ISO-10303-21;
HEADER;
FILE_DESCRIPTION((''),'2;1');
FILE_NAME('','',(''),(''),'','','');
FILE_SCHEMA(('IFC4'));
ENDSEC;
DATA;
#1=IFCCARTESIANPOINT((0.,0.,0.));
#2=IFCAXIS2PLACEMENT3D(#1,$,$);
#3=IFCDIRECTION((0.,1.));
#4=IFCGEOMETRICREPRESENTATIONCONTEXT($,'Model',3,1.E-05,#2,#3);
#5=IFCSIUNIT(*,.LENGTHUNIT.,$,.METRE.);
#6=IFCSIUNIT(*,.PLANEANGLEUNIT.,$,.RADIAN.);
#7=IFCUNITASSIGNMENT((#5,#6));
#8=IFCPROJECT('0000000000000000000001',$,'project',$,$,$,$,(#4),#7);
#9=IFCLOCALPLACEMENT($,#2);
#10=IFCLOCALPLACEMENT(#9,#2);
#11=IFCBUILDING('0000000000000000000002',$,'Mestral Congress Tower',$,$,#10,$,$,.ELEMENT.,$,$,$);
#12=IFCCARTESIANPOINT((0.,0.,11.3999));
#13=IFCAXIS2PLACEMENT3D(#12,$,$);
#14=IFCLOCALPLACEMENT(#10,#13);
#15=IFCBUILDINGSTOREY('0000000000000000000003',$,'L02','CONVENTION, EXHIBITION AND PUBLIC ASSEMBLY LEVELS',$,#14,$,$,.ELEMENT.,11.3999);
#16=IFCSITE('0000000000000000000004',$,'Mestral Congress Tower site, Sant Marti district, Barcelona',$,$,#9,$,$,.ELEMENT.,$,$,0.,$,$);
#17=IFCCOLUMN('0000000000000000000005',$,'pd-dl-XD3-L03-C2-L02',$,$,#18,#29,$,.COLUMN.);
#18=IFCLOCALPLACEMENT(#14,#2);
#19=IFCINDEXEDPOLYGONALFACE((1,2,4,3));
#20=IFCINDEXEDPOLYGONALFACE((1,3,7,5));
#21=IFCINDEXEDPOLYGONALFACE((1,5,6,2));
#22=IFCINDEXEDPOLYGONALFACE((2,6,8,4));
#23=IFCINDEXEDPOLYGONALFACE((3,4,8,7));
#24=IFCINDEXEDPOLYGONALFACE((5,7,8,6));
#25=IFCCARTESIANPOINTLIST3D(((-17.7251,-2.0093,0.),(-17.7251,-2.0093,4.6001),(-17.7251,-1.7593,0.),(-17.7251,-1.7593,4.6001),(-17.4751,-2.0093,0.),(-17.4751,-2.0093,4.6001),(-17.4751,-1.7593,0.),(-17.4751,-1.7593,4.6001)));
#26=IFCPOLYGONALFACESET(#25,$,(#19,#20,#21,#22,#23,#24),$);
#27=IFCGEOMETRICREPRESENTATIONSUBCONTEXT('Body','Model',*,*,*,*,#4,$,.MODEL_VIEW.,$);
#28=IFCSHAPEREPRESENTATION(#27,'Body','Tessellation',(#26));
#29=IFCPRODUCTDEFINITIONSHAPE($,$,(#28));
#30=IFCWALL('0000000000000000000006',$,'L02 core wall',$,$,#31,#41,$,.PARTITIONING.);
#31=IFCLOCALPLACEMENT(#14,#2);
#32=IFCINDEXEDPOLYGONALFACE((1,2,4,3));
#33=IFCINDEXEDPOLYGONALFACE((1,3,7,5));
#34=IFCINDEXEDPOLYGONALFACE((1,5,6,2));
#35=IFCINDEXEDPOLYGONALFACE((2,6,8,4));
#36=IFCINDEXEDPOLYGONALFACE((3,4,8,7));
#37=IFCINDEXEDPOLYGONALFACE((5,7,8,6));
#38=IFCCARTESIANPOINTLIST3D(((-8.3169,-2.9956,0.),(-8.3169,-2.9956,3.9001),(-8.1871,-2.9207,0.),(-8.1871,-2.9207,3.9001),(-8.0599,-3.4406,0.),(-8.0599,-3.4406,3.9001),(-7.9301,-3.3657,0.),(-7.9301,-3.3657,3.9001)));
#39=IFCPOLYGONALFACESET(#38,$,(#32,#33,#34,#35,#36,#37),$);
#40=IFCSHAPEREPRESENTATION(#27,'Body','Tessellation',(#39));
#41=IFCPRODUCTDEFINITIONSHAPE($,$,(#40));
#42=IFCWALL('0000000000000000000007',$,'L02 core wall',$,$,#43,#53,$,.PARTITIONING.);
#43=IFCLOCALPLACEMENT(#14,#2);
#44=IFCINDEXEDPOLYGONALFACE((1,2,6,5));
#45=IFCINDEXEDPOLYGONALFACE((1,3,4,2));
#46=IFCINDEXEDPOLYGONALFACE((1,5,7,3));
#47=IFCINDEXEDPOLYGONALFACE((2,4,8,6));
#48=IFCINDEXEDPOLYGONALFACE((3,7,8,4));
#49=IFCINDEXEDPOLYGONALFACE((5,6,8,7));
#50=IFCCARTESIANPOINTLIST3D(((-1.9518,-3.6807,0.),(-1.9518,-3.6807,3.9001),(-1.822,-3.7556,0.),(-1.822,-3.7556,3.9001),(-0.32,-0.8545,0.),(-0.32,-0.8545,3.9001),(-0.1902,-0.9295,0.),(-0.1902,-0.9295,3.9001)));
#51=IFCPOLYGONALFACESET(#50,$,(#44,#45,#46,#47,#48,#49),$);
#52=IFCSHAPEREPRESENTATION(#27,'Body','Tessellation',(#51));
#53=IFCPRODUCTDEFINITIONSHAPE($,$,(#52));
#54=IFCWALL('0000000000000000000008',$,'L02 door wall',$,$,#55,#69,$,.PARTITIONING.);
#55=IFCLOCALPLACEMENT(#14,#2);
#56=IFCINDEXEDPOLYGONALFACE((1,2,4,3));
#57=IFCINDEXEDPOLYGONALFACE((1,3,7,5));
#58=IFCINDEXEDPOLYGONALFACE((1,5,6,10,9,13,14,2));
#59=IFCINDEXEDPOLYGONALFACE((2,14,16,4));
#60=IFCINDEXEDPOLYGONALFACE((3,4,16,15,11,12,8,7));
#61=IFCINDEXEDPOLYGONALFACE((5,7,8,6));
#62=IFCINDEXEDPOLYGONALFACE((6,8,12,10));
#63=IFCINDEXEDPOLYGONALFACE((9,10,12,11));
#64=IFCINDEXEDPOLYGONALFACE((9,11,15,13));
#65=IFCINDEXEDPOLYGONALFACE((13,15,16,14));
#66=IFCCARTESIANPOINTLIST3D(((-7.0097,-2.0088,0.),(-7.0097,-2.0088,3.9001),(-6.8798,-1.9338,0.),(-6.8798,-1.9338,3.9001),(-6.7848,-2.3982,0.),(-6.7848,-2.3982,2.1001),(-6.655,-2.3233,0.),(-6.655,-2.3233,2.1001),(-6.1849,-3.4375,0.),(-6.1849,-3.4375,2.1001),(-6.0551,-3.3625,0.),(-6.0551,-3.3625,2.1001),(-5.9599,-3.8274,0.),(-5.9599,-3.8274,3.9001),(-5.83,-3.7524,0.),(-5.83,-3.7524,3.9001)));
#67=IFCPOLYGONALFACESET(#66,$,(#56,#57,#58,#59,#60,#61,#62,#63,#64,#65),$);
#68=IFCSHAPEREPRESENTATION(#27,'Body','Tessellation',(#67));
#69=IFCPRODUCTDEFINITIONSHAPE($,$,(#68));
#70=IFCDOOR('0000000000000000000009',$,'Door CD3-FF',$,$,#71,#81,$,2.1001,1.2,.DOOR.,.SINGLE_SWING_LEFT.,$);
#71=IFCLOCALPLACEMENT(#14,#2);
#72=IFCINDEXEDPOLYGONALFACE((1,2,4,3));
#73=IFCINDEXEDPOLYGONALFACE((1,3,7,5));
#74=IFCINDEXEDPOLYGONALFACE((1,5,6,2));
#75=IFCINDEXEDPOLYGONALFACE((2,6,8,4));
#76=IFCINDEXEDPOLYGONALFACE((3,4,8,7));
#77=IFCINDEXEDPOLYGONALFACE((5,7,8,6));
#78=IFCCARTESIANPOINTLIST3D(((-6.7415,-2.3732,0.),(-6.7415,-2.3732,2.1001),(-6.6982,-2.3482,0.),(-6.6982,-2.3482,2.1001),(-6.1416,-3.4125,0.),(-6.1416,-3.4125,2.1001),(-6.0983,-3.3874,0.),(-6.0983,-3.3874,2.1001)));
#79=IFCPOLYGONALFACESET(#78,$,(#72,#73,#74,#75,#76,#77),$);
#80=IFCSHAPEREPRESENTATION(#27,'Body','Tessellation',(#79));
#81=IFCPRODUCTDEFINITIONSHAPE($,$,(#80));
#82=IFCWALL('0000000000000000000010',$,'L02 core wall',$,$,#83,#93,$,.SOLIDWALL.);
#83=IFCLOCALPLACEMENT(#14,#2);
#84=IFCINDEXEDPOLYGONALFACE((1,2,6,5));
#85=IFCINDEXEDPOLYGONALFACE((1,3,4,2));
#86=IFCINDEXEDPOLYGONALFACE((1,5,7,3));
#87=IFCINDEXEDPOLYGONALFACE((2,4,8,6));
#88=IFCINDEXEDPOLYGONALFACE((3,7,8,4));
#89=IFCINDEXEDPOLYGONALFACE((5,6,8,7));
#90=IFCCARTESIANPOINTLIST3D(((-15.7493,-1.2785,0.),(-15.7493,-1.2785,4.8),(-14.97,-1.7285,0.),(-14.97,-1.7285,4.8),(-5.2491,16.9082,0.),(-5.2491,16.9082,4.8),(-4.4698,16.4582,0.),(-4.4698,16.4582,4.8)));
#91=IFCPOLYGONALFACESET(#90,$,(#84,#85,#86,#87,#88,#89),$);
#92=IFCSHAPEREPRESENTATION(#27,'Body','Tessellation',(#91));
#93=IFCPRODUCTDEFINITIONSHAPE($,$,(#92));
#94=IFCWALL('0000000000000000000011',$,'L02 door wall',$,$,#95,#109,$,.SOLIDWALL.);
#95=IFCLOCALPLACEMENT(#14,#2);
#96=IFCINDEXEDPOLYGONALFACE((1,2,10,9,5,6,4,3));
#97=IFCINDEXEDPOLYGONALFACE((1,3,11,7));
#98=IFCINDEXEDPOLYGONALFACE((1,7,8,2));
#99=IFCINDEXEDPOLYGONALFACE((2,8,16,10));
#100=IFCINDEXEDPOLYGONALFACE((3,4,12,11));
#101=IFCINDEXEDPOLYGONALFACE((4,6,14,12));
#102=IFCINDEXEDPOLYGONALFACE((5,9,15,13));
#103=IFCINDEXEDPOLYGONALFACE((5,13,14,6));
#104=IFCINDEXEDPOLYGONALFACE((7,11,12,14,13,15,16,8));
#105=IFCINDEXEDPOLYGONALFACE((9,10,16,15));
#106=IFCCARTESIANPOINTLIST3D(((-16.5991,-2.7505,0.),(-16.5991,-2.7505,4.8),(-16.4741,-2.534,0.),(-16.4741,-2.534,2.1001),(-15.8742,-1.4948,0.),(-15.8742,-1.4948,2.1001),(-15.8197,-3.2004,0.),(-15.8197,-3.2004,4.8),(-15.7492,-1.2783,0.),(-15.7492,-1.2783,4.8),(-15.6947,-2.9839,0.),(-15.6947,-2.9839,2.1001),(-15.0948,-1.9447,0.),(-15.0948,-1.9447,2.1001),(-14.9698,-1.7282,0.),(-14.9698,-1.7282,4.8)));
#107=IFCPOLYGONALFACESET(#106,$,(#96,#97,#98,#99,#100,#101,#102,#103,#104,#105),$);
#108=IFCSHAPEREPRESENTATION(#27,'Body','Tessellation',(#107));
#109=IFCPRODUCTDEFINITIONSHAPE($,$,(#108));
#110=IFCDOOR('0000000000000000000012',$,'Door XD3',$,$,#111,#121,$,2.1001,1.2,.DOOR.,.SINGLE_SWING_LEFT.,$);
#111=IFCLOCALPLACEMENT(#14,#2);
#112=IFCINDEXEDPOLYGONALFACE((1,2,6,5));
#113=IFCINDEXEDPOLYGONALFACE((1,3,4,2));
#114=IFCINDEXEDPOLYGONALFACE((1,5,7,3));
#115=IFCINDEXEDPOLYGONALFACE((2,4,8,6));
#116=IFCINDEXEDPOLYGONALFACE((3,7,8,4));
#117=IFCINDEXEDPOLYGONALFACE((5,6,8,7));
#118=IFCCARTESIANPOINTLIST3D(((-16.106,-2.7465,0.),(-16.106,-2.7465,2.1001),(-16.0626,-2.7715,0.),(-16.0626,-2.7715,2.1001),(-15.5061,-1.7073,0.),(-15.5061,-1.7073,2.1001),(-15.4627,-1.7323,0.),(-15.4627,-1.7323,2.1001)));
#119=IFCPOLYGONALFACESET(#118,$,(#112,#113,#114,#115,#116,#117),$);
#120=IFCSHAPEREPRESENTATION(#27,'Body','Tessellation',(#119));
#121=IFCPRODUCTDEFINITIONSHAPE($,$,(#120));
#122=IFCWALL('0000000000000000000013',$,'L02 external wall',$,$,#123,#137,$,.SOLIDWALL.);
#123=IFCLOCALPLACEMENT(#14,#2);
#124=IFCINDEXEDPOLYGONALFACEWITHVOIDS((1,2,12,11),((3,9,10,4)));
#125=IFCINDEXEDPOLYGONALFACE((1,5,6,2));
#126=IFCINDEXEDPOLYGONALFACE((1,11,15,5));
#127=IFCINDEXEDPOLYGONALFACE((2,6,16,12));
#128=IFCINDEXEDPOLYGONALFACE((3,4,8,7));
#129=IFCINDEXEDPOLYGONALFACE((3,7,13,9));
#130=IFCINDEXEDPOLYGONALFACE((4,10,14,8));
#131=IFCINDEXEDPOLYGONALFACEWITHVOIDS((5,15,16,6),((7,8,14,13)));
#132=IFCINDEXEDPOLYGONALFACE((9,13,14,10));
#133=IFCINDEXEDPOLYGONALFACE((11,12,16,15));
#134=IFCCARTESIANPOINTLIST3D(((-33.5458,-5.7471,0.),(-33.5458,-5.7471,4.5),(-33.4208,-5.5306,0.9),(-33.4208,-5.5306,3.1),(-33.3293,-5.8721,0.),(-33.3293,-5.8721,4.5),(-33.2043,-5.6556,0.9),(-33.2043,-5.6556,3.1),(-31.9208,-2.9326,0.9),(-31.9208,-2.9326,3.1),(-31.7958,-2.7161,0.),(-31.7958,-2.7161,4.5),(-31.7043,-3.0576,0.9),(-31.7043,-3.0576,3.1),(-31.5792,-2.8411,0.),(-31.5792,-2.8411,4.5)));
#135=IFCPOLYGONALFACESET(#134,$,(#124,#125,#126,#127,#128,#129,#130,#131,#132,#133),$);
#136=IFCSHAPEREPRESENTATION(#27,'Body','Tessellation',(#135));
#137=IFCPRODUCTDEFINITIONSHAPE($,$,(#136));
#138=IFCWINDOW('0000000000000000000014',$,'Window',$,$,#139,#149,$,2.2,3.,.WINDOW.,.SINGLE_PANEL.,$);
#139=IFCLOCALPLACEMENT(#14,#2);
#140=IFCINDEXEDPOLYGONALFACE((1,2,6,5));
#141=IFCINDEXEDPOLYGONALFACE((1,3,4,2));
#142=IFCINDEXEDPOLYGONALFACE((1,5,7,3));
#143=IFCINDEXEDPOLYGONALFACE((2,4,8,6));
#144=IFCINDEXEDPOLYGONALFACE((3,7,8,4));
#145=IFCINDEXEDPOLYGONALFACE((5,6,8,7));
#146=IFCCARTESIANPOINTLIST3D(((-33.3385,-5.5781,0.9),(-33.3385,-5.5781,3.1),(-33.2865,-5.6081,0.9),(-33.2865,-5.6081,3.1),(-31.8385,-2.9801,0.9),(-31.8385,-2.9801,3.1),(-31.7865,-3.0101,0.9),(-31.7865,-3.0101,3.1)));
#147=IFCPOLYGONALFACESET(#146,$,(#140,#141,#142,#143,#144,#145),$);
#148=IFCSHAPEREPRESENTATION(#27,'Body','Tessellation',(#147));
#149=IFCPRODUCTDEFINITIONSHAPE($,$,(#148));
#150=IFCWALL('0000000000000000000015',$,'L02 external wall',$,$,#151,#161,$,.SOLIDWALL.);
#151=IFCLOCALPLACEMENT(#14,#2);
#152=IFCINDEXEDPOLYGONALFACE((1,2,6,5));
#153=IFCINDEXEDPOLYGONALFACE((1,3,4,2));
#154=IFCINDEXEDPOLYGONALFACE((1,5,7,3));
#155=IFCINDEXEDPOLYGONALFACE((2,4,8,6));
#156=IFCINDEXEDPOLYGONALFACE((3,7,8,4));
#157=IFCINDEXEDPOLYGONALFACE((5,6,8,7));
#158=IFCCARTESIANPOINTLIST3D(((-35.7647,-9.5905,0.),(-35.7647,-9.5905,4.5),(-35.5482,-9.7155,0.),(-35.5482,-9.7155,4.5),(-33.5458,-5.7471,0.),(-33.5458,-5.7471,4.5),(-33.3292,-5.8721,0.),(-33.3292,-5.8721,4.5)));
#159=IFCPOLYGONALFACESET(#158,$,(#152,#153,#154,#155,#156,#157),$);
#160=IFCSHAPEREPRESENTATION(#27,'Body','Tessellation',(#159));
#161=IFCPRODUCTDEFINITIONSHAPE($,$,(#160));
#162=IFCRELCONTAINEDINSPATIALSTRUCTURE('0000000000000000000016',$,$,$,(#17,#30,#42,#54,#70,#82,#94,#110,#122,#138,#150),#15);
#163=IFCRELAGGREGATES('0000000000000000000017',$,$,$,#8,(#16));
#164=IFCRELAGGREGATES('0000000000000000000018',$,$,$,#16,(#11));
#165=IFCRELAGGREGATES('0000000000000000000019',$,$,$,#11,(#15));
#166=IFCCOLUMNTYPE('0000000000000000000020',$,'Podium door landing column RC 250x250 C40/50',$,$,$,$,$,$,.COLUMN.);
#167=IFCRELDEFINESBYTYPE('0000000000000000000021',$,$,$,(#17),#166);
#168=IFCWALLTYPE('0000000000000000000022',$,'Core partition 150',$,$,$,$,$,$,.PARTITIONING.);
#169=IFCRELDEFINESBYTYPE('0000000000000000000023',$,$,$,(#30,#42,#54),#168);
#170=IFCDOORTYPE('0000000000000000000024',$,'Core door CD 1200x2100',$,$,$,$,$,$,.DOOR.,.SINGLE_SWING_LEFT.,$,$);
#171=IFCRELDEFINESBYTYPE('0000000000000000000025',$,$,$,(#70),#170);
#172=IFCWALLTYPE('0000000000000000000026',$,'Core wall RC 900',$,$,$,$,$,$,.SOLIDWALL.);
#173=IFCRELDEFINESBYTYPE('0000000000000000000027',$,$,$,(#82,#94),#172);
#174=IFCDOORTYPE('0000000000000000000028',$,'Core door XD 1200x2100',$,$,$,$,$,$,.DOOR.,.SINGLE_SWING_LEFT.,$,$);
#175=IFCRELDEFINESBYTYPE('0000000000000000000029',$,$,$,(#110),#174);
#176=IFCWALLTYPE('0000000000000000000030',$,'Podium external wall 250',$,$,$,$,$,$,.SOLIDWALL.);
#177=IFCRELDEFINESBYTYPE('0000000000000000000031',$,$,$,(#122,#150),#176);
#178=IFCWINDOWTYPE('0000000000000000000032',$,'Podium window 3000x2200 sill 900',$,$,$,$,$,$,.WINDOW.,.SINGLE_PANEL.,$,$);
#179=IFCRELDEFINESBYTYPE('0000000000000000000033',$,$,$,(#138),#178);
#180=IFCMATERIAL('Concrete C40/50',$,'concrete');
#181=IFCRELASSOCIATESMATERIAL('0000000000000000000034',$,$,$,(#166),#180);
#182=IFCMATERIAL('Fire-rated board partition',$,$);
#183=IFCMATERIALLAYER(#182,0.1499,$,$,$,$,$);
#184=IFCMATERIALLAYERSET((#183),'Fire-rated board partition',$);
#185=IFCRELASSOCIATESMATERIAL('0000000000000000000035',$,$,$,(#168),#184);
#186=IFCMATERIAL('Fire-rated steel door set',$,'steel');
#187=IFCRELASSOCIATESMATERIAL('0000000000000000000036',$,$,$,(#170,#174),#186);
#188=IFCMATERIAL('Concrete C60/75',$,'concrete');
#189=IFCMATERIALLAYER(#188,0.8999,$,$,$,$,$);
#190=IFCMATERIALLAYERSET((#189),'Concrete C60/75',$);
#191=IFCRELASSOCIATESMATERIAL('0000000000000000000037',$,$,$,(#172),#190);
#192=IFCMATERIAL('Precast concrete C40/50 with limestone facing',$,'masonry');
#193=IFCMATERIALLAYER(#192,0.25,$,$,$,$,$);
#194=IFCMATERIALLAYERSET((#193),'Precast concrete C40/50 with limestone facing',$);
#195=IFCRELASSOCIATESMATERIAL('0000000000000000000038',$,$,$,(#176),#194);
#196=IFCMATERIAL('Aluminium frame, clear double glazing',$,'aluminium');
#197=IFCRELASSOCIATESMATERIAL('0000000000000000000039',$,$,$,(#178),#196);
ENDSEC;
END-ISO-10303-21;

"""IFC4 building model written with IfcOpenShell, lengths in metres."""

from ifc_helpers import new_model, si_unit, direction, frame, frame_2d, origin, origin_2d, place, context, subcontext, project, spatial, rectangle, extrude, material, layer, layer_set, material_profile, profile_set, type_object, element, fill, save


model = new_model("IFC4")

# Units and contexts
model_context = context("Model", 3, precision=1e-05, world=origin(), true_north=direction((0.0, 1.0)))
body_context = subcontext(model_context, "Body", "Model", "MODEL_VIEW")
ifc_project = project(units=[si_unit("LENGTHUNIT", "METRE"), si_unit("PLANEANGLEUNIT", "RADIAN")], contexts=[model_context])

# Site, building, storey
site_placement = place(None, origin())
site = spatial("IfcSite", under=ifc_project, at=site_placement, Name="Mestral Congress Tower site, Sant Marti district, Barcelona", CompositionType="ELEMENT", RefElevation=0.0)
building_placement = place(site_placement, origin())
building = spatial("IfcBuilding", under=site, at=building_placement, Name="Mestral Congress Tower", CompositionType="ELEMENT")
storey_placement = place(building_placement, frame((0.0, 0.0, 11.3999)))
storey = spatial("IfcBuildingStorey", under=building, at=storey_placement, Name="L02", Description="CONVENTION, EXHIBITION AND PUBLIC ASSEMBLY LEVELS", CompositionType="ELEMENT", Elevation=11.3999)

# Column
ifc_material_1 = material(Name="Concrete C40/50", Category="concrete")
ifc_material_profile = material_profile(ifc_material_1, rectangle(XDim=0.25, YDim=0.25, at=origin_2d()), Name="RC 250x250")
ifc_profile_set = profile_set([ifc_material_profile], Name="Concrete C40/50")
column_type = type_object("IfcColumnType", Name="Podium door landing column RC 250x250 C40/50", PredefinedType="COLUMN", material=ifc_profile_set)
column_placement = place(storey_placement, frame((-17.6001, -1.8843, 0.0), z_axis=(0.0, 0.0, 1.0), x_axis=(1.0, 0.0, 0.0)))
element("IfcColumn", 1, at=column_placement, inside=storey, type_object=column_type, Name="pd-dl-XD3-L03-C2-L02", PredefinedType="COLUMN", context=body_context, shape_type="SweptSolid", body=[
    extrude(rectangle(XDim=0.25, YDim=0.25, at=origin_2d()), origin(), (0.0, 0.0, 1.0), 4.6001),
])

# Walls
ifc_material_2 = material(Name="Fire-rated board partition")
ifc_layer_1 = layer(ifc_material_2, 0.1499)
ifc_layer_set_1 = layer_set([ifc_layer_1], Name="Fire-rated board partition")
wall_type_1 = type_object("IfcWallType", Name="Core partition 150", PredefinedType="PARTITIONING", material=ifc_layer_set_1)
wall_1_placement = place(storey_placement, frame((-8.252, -2.9583, 0.0), z_axis=(0.0, 0.0, 1.0), x_axis=(0.500175, -0.865925, 0.0)))
element("IfcWall", 2, at=wall_1_placement, inside=storey, type_object=wall_type_1, Name="L02 core wall", PredefinedType="PARTITIONING", context=body_context, shape_type="SweptSolid", body=[
    extrude(rectangle(XDim=0.5139, YDim=0.1499, at=frame_2d((0.2568, 0.0))), origin(), (0.0, 0.0, 1.0), 3.9001),
])
wall_2_placement = place(storey_placement, frame((-1.887, -3.7183, 0.0), z_axis=(0.0, 0.0, 1.0), x_axis=(0.500033, 0.866006, 0.0)))
element("IfcWall", 3, at=wall_2_placement, inside=storey, type_object=wall_type_1, Name="L02 core wall", PredefinedType="PARTITIONING", context=body_context, shape_type="SweptSolid", body=[
    extrude(rectangle(XDim=3.2634, YDim=0.1499, at=frame_2d((1.6318, 0.0))), origin(), (0.0, 0.0, 1.0), 3.9001),
])

# Wall, opening, door
wall_3_placement = place(storey_placement, frame((-5.895, -3.7898, 0.0), z_axis=(0.0, 0.0, 1.0), x_axis=(-0.499941, 0.86606, 0.0)))
wall_3 = element("IfcWall", 4, at=wall_3_placement, inside=storey, type_object=wall_type_1, Name="L02 door wall", PredefinedType="PARTITIONING", context=body_context, shape_type="SweptSolid", body=[
    extrude(rectangle(XDim=2.0999, YDim=0.1499, at=frame_2d((1.0498, 0.0))), origin(), (0.0, 0.0, 1.0), 3.9001),
])
opening_1_placement = place(wall_3_placement, frame((0.45, 0.0, 0.0)))
opening_1 = element("IfcOpeningElement", 5, at=opening_1_placement, cuts=wall_3, PredefinedType="OPENING", context=body_context, shape_type="SweptSolid", body=[
    extrude(rectangle(XDim=1.2, YDim=2.1001, at=frame_2d((0.6001, 1.05))), frame((0.0, 0.085, 0.0), z_axis=(0.0, -1.0, 0.0), x_axis=(1.0, 0.0, 0.0)), (0.0, 0.0, 1.0), 0.1699),
])
ifc_material_3 = material(Name="Fire-rated steel door set", Category="steel")
door_type_1 = type_object("IfcDoorType", Name="Core door CD 1200x2100", OperationType="SINGLE_SWING_LEFT", PredefinedType="DOOR", material=ifc_material_3)
door_1_placement = place(opening_1_placement, origin())
door_1 = element("IfcDoor", 6, at=door_1_placement, inside=storey, type_object=door_type_1, Name="Door CD3-FF", OperationType="SINGLE_SWING_LEFT", OverallHeight=2.1001, OverallWidth=1.2, PredefinedType="DOOR", context=body_context, shape_type="SweptSolid", body=[
    extrude(rectangle(XDim=1.2, YDim=2.1001, at=frame_2d((0.6001, 1.05))), frame((0.0, 0.0249, 0.0), z_axis=(0.0, -1.0, 0.0), x_axis=(1.0, 0.0, 0.0)), (0.0, 0.0, 1.0), 0.05),
])
fill(opening_1, door_1)

# Wall
ifc_material_4 = material(Name="Concrete C60/75", Category="concrete")
ifc_layer_2 = layer(ifc_material_4, 0.8999)
ifc_layer_set_2 = layer_set([ifc_layer_2], Name="Concrete C60/75")
wall_type_2 = type_object("IfcWallType", Name="Core wall RC 900", PredefinedType="SOLIDWALL", material=ifc_layer_set_2)
wall_4_placement = place(storey_placement, frame((-15.3596, -1.5034, 0.0), z_axis=(0.0, 0.0, 1.0), x_axis=(0.500004, 0.866023, 0.0)))
element("IfcWall", 7, at=wall_4_placement, inside=storey, type_object=wall_type_2, Name="L02 core wall", PredefinedType="SOLIDWALL", context=body_context, shape_type="SweptSolid", body=[
    extrude(rectangle(XDim=21.0002, YDim=0.8999, at=frame_2d((10.5, 0.0))), origin(), (0.0, 0.0, 1.0), 4.8),
])

# Wall, opening, door
wall_5_placement = place(storey_placement, frame((-16.2095, -2.9756, 0.0), z_axis=(0.0, 0.0, 1.0), x_axis=(0.499955, 0.866052, 0.0)))
wall_5 = element("IfcWall", 8, at=wall_5_placement, inside=storey, type_object=wall_type_2, Name="L02 door wall", PredefinedType="SOLIDWALL", context=body_context, shape_type="SweptSolid", body=[
    extrude(rectangle(XDim=1.7, YDim=0.8999, at=frame_2d((0.8501, 0.0))), origin(), (0.0, 0.0, 1.0), 4.8),
])
opening_2_placement = place(wall_5_placement, frame((0.25, 0.0, 0.0)))
opening_2 = element("IfcOpeningElement", 9, at=opening_2_placement, cuts=wall_5, PredefinedType="OPENING", context=body_context, shape_type="SweptSolid", body=[
    extrude(rectangle(XDim=1.2, YDim=2.1001, at=frame_2d((0.6001, 1.05))), frame((0.0, 0.46, 0.0), z_axis=(0.0, -1.0, 0.0), x_axis=(1.0, 0.0, 0.0)), (0.0, 0.0, 1.0), 0.9199),
])
door_type_2 = type_object("IfcDoorType", Name="Core door XD 1200x2100", OperationType="SINGLE_SWING_LEFT", PredefinedType="DOOR", material=ifc_material_3)
door_2_placement = place(opening_2_placement, origin())
door_2 = element("IfcDoor", 10, at=door_2_placement, inside=storey, type_object=door_type_2, Name="Door XD3", OperationType="SINGLE_SWING_LEFT", OverallHeight=2.1001, OverallWidth=1.2, PredefinedType="DOOR", context=body_context, shape_type="SweptSolid", body=[
    extrude(rectangle(XDim=1.2, YDim=2.1001, at=frame_2d((0.6001, 1.05))), frame((0.0, 0.0249, 0.0), z_axis=(0.0, -1.0, 0.0), x_axis=(1.0, 0.0, 0.0)), (0.0, 0.0, 1.0), 0.05),
])
fill(opening_2, door_2)

# Wall, opening, window
ifc_material_5 = material(Name="Precast concrete C40/50 with limestone facing", Category="masonry")
ifc_layer_3 = layer(ifc_material_5, 0.25)
ifc_layer_set_3 = layer_set([ifc_layer_3], Name="Precast concrete C40/50 with limestone facing")
wall_type_3 = type_object("IfcWallType", Name="Podium external wall 250", PredefinedType="SOLIDWALL", material=ifc_layer_set_3)
wall_6_placement = place(storey_placement, frame((-31.6875, -2.7786, 0.0), z_axis=(0.0, 0.0, 1.0), x_axis=(-0.50001, -0.866019, 0.0)))
wall_6 = element("IfcWall", 11, at=wall_6_placement, inside=storey, type_object=wall_type_3, Name="L02 external wall", PredefinedType="SOLIDWALL", context=body_context, shape_type="SweptSolid", body=[
    extrude(rectangle(XDim=3.5, YDim=0.25, at=frame_2d((1.75, 0.0))), origin(), (0.0, 0.0, 1.0), 4.5),
])
opening_3_placement = place(wall_6_placement, frame((0.25, 0.0, 0.8999)))
opening_3 = element("IfcOpeningElement", 12, at=opening_3_placement, cuts=wall_6, PredefinedType="OPENING", context=body_context, shape_type="SweptSolid", body=[
    extrude(rectangle(XDim=3.0, YDim=2.2, at=frame_2d((1.5, 1.1001))), frame((0.0, 0.135, 0.0), z_axis=(0.0, -1.0, 0.0), x_axis=(1.0, 0.0, 0.0)), (0.0, 0.0, 1.0), 0.27),
])
ifc_material_6 = material(Name="Aluminium frame, clear double glazing", Category="aluminium")
window_type = type_object("IfcWindowType", Name="Podium window 3000x2200 sill 900", PartitioningType="SINGLE_PANEL", PredefinedType="WINDOW", material=ifc_material_6)
window_placement = place(opening_3_placement, origin())
window = element("IfcWindow", 13, at=window_placement, inside=storey, type_object=window_type, Name="Window", OverallHeight=2.2, OverallWidth=3.0, PartitioningType="SINGLE_PANEL", PredefinedType="WINDOW", context=body_context, shape_type="SweptSolid", body=[
    extrude(rectangle(XDim=3.0, YDim=2.2, at=frame_2d((1.5, 1.1001))), frame((0.0, 0.03, 0.0), z_axis=(0.0, -1.0, 0.0), x_axis=(1.0, 0.0, 0.0)), (0.0, 0.0, 1.0), 0.0601),
])
fill(opening_3, window)

# Wall
wall_7_placement = place(storey_placement, frame((-33.4375, -5.8096, 0.0), z_axis=(0.0, 0.0, 1.0), x_axis=(-0.499991, -0.866031, 0.0)))
element("IfcWall", 14, at=wall_7_placement, inside=storey, type_object=wall_type_3, Name="L02 external wall", PredefinedType="SOLIDWALL", context=body_context, shape_type="SweptSolid", body=[
    extrude(rectangle(XDim=4.438, YDim=0.25, at=frame_2d((2.219, 0.0))), origin(), (0.0, 0.0, 1.0), 4.5),
])

save(model, "model.ifc")
